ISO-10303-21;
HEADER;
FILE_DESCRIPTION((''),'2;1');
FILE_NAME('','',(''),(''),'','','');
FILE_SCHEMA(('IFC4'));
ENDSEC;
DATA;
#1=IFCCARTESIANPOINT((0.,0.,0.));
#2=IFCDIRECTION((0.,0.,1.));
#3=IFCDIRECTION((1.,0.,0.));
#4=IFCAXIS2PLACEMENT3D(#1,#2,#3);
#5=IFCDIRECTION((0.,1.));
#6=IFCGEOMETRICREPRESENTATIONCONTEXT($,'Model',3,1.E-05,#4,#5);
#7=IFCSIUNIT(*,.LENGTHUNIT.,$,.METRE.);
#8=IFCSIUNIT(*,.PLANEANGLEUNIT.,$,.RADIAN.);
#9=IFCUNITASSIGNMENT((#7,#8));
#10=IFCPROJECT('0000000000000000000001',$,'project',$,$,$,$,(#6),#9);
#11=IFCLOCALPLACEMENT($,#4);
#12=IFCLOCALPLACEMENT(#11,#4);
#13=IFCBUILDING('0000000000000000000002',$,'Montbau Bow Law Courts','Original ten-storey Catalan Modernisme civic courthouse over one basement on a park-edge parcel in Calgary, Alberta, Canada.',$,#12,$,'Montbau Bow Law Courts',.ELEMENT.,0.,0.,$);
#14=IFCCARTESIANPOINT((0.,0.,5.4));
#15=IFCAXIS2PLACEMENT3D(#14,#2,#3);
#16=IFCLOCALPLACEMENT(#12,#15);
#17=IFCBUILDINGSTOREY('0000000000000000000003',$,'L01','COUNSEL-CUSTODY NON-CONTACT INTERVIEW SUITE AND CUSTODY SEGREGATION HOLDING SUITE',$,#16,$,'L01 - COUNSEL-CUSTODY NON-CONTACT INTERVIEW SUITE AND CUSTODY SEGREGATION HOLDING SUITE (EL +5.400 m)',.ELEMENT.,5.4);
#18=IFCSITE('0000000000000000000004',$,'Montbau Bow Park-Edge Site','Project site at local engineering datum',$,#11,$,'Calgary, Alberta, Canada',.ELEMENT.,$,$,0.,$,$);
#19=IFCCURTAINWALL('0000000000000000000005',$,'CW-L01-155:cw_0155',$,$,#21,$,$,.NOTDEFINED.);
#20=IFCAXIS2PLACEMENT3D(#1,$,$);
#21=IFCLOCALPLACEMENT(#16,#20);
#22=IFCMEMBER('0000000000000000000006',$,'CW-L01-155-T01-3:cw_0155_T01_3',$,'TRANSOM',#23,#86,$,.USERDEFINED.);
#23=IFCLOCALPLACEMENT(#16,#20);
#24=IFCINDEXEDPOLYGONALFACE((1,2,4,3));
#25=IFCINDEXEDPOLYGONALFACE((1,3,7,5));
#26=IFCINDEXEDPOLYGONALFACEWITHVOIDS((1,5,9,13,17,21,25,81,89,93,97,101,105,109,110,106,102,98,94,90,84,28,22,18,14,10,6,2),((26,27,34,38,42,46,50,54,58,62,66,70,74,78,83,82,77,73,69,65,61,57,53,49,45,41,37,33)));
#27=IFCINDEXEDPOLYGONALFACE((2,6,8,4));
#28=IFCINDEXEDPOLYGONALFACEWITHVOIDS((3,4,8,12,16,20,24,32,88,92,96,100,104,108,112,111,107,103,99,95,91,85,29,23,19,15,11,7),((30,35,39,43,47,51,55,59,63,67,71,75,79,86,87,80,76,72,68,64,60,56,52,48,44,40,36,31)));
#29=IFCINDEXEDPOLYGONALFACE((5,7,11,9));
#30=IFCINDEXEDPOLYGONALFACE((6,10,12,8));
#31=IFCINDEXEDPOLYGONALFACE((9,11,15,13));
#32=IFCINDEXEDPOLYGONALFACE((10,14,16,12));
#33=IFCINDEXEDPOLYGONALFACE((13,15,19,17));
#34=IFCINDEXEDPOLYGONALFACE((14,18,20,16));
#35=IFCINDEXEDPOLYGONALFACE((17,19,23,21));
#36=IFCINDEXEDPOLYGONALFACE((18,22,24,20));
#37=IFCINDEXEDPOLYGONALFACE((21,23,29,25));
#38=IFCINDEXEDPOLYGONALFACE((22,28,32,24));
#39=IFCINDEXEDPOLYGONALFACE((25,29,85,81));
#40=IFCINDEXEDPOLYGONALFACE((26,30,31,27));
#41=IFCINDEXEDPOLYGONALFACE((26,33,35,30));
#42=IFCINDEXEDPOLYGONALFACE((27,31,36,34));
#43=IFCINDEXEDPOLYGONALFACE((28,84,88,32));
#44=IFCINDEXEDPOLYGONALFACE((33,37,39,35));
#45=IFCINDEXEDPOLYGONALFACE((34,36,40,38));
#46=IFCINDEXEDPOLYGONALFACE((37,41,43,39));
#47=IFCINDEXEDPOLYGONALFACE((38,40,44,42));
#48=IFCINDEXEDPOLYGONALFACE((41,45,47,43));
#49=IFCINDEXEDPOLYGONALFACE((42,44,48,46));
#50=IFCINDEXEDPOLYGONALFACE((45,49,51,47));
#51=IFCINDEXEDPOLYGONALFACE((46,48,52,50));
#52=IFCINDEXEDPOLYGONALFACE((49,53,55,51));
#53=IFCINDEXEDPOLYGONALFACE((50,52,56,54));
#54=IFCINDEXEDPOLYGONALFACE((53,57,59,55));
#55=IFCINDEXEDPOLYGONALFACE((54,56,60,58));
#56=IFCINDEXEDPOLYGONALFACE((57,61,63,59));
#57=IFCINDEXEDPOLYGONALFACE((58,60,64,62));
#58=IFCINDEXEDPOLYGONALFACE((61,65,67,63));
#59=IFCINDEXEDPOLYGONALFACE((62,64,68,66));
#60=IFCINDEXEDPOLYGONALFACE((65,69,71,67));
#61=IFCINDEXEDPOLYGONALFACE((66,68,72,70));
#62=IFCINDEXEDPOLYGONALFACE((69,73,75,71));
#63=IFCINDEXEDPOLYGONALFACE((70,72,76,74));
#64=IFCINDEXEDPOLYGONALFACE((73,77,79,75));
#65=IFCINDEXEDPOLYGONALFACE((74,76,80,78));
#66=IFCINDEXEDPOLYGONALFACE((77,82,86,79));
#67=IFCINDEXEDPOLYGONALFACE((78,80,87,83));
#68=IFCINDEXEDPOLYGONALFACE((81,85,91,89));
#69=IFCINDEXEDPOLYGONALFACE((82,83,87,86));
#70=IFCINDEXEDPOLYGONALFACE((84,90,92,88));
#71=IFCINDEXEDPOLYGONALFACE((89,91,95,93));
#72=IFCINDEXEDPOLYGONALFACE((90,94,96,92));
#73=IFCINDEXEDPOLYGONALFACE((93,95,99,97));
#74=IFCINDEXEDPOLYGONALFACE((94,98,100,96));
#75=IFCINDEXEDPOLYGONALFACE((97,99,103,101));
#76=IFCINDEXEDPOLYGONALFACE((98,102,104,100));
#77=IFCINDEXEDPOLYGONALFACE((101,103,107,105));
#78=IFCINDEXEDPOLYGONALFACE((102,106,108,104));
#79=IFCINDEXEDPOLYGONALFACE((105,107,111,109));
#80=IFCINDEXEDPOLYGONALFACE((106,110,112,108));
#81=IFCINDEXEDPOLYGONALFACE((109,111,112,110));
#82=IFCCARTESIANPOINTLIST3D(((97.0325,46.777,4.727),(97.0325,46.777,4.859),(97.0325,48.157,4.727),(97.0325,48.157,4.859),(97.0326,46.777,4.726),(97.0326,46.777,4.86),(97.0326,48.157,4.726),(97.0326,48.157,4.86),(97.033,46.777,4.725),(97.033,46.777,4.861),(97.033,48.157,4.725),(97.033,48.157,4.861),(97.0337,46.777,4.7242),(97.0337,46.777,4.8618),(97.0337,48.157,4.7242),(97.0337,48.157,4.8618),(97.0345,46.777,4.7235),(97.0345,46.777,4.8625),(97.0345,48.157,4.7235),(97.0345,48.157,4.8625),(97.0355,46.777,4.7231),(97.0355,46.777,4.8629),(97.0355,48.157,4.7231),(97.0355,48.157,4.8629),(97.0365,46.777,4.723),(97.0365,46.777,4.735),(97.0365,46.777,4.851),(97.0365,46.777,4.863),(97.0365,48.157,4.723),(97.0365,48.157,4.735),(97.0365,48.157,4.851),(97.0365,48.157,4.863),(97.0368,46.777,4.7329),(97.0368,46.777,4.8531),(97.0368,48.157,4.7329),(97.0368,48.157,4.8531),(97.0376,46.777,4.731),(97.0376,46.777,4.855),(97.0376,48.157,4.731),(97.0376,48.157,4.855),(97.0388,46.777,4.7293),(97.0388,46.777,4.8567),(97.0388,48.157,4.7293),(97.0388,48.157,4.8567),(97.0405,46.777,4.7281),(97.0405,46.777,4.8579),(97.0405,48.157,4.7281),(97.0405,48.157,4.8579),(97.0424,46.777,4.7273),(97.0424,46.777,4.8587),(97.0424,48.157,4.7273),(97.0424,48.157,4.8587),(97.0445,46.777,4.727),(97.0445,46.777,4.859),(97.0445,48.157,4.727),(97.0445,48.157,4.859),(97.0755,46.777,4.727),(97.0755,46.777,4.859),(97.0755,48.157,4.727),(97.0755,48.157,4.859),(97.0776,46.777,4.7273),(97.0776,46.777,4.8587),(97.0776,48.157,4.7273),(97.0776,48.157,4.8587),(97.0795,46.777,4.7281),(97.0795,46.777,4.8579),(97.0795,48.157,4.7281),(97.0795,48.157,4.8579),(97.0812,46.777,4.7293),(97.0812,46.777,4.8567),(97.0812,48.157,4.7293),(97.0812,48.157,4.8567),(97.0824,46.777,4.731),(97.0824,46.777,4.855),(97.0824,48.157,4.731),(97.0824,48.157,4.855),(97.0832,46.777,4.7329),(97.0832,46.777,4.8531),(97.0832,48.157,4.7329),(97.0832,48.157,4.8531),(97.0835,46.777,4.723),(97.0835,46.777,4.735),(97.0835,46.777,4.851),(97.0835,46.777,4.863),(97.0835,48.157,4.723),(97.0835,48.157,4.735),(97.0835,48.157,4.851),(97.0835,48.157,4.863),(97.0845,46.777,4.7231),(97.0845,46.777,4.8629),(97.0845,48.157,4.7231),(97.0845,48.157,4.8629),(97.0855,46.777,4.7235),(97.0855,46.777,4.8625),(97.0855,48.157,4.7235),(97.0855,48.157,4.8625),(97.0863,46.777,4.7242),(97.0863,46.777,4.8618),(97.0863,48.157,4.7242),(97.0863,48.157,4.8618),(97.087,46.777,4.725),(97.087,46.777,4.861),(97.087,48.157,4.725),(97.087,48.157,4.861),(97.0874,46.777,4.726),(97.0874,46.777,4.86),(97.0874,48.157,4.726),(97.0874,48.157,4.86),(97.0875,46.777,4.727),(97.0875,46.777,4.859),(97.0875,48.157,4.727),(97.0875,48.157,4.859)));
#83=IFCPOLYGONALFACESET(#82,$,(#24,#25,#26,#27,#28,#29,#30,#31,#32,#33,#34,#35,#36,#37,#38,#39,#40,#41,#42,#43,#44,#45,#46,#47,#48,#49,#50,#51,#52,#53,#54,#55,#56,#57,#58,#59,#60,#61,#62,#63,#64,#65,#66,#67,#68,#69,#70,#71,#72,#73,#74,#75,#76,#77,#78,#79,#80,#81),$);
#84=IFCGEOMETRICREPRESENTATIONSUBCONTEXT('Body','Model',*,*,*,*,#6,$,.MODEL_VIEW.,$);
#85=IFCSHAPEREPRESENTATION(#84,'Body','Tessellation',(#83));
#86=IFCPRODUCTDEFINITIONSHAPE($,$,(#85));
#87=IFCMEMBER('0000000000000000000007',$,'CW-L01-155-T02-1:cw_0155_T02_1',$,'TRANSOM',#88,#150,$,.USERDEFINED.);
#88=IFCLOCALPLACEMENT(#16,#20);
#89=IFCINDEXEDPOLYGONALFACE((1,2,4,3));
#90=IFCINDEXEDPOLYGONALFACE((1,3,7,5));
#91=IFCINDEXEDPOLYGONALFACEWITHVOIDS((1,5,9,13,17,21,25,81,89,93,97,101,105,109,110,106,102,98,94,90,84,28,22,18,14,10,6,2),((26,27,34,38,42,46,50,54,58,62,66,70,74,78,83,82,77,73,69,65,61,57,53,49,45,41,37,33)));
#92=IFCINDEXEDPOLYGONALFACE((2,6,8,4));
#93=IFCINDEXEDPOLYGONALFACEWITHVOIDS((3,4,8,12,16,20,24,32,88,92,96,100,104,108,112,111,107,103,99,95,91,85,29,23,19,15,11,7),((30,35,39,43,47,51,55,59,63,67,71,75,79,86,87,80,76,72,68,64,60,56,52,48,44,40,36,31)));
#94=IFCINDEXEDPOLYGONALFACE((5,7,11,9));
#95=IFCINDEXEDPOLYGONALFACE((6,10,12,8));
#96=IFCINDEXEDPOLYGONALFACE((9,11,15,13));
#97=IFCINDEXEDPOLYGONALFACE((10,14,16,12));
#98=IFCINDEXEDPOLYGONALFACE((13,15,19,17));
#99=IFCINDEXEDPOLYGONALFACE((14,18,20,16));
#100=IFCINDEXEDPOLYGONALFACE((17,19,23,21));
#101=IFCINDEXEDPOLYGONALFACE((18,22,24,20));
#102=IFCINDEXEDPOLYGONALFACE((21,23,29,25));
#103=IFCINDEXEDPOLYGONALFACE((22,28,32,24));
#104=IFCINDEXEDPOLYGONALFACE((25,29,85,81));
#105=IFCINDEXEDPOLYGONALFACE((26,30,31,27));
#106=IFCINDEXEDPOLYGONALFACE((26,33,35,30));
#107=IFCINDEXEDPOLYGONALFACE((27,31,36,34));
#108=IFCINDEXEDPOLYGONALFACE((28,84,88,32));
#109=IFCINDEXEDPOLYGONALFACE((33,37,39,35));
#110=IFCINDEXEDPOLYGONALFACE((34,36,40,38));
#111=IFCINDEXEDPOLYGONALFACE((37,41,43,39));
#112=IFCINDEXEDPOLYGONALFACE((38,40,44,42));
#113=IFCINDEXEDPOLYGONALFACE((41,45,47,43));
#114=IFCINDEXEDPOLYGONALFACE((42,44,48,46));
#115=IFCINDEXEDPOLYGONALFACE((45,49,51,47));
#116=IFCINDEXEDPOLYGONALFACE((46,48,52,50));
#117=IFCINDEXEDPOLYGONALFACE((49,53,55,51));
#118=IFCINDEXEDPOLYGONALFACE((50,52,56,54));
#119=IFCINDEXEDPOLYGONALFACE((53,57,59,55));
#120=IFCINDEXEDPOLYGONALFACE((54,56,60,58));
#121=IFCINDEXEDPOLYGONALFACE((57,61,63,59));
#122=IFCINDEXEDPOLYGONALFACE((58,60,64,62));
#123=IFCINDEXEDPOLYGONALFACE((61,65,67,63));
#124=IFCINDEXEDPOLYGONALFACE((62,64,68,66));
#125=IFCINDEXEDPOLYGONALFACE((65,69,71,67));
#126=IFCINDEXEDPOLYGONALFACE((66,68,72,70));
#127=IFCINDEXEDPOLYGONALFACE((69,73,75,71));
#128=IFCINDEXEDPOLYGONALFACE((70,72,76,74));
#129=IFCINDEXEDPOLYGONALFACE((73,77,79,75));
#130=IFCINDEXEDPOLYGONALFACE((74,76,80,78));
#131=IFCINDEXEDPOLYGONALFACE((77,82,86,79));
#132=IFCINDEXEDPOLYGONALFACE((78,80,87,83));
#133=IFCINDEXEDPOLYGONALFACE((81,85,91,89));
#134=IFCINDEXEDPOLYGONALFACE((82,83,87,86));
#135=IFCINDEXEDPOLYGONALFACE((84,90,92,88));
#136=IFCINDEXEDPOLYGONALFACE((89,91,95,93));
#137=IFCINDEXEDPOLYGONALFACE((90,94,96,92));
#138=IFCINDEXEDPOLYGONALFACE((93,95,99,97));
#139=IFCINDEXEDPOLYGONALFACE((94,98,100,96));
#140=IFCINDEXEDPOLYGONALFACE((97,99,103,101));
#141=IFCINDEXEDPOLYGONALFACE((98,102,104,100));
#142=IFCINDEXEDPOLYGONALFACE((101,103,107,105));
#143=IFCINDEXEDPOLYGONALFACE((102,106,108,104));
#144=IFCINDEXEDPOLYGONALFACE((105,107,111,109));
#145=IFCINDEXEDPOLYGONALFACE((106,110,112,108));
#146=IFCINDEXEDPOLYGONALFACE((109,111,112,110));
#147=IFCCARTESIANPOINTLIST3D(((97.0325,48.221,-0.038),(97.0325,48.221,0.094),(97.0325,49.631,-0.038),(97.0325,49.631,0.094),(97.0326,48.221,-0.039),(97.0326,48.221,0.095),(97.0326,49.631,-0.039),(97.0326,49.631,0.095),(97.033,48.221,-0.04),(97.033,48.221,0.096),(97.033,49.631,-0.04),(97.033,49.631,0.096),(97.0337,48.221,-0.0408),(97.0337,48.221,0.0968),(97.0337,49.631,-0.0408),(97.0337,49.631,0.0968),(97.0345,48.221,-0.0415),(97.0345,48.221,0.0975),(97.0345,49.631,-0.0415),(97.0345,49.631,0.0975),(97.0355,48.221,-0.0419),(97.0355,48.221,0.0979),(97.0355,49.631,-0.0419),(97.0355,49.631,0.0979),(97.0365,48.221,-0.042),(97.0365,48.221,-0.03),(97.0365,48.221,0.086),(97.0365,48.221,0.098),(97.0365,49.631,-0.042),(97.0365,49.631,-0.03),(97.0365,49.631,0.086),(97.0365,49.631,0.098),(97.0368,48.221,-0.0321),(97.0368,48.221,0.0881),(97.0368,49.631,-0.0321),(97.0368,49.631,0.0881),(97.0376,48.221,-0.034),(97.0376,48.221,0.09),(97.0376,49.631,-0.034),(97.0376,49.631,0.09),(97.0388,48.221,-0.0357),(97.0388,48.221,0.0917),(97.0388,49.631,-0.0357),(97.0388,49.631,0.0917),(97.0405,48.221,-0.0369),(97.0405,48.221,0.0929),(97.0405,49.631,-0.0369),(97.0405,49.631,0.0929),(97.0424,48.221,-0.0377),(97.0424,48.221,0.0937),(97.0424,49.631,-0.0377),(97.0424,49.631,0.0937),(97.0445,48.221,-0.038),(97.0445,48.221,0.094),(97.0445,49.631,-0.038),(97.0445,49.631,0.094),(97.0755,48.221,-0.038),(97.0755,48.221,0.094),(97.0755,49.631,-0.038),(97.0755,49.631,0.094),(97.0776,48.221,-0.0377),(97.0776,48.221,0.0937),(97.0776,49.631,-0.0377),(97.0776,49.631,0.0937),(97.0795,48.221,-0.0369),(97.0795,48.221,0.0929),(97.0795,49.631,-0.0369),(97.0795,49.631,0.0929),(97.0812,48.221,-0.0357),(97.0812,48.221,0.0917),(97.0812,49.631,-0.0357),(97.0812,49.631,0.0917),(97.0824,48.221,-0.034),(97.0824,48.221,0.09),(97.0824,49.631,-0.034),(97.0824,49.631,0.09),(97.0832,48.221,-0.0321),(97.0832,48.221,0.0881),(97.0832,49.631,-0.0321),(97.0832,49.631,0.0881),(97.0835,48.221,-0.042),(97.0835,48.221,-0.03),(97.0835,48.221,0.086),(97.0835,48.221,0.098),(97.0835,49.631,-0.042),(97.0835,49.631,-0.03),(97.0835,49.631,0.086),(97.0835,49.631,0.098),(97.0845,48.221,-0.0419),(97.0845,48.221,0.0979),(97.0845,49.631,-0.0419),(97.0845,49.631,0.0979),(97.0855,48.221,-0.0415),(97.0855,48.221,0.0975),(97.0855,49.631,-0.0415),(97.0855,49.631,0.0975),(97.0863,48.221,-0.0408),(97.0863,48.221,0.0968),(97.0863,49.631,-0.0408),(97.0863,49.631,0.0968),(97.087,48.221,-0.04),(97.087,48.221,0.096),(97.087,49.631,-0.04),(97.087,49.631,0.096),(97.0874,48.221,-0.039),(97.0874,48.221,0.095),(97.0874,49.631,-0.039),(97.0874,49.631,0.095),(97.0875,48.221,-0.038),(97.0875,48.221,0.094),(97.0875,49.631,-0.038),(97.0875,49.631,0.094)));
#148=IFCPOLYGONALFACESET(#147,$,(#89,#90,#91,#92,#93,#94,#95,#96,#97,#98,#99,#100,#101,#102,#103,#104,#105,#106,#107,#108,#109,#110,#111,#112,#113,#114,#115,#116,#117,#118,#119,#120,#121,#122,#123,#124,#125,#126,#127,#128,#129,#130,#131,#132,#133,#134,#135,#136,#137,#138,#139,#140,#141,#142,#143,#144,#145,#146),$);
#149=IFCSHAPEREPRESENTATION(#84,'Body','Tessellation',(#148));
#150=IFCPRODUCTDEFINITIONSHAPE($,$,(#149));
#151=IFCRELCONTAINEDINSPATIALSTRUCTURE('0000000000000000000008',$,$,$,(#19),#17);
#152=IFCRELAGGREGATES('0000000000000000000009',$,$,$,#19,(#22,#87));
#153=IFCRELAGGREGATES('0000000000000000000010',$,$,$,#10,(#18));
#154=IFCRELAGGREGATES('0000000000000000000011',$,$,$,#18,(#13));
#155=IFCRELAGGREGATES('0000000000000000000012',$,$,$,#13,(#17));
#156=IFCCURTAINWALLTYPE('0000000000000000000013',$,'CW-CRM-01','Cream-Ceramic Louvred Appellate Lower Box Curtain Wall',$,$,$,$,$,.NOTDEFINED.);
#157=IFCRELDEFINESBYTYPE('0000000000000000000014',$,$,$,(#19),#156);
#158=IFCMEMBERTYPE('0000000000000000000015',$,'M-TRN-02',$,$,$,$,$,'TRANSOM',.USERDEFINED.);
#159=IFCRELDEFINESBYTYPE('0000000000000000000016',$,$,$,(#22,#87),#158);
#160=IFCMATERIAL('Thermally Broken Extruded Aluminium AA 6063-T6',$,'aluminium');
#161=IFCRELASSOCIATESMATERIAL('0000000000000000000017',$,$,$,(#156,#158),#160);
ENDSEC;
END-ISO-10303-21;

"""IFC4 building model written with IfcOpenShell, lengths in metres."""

from ifc_helpers import new_model, si_unit, direction, frame, origin_with_axes, origin_2d_with_axis, place, context, subcontext, project, spatial, hollow_rectangle, extrude, material, material_profile, profile_set, type_object, element, aggregate, save


model = new_model("IFC4")

# Units and contexts
model_context = context("Model", 3, precision=1e-05, world=origin_with_axes(), true_north=direction((0.0, 1.0)))
body_context = subcontext(model_context, "Body", "Model", "MODEL_VIEW")
ifc_project = project(units=[si_unit("LENGTHUNIT", "METRE"), si_unit("PLANEANGLEUNIT", "RADIAN")], contexts=[model_context])

# Site, building, storey
site_placement = place(None, origin_with_axes())
site = spatial("IfcSite", under=ifc_project, at=site_placement, Name="Montbau Bow Park-Edge Site", Description="Project site at local engineering datum", LongName="Calgary, Alberta, Canada", CompositionType="ELEMENT", RefElevation=0.0)
building_placement = place(site_placement, origin_with_axes())
building = spatial("IfcBuilding", under=site, at=building_placement, Name="Montbau Bow Law Courts", Description="Original ten-storey Catalan Modernisme civic courthouse over one basement on a park-edge parcel in Calgary, Alberta, Canada.", LongName="Montbau Bow Law Courts", CompositionType="ELEMENT", ElevationOfRefHeight=0.0, ElevationOfTerrain=0.0)
storey_placement = place(building_placement, frame((0.0, 0.0, 5.4), z_axis=(0.0, 0.0, 1.0), x_axis=(1.0, 0.0, 0.0)))
storey = spatial("IfcBuildingStorey", under=building, at=storey_placement, Name="L01", Description="COUNSEL-CUSTODY NON-CONTACT INTERVIEW SUITE AND CUSTODY SEGREGATION HOLDING SUITE", LongName="L01 - COUNSEL-CUSTODY NON-CONTACT INTERVIEW SUITE AND CUSTODY SEGREGATION HOLDING SUITE (EL +5.400 m)", CompositionType="ELEMENT", Elevation=5.4)

# Curtain wall
ifc_material_1 = material(Name="Thermally Broken Extruded Aluminium AA 6063-T6", Category="aluminium")
curtain_wall_type = type_object("IfcCurtainWallType", Name="CW-CRM-01", Description="Cream-Ceramic Louvred Appellate Lower Box Curtain Wall", PredefinedType="NOTDEFINED", material=ifc_material_1)
curtain_wall_1_placement = place(None, frame((97.06, 46.715, 5.4), z_axis=(0.0, 0.0, 1.0), x_axis=(1.0, 0.0, 0.0)))
curtain_wall_1 = element("IfcCurtainWall", 1, at=curtain_wall_1_placement, inside=storey, type_object=curtain_wall_type, Name="CW-L01-155:cw_0155", PredefinedType="NOTDEFINED")

# Members
ifc_material_profile_1 = material_profile(ifc_material_1, hollow_rectangle(XDim=0.055, YDim=0.14, WallThickness=0.004, InnerFilletRadius=0.008, OuterFilletRadius=0.004, at=origin_2d_with_axis()), Name="CWT-140X55", Category="Main", Priority=0)
ifc_profile_set_1 = profile_set([ifc_material_profile_1], Name="Thermally Broken Extruded Aluminium AA 6063-T6")
member_type_1 = type_object("IfcMemberType", Name="M-TRN-02", ElementType="TRANSOM", PredefinedType="USERDEFINED", material=ifc_profile_set_1)
member_1_placement = place(None, frame((97.06, 46.777, 10.193), z_axis=(0.0, 1.0, 0.0), x_axis=(-1.0, 0.0, 0.0)))
member_1 = element("IfcMember", 2, at=member_1_placement, type_object=member_type_1, Name="CW-L01-155-T01-3:cw_0155_T01_3", ObjectType="TRANSOM", PredefinedType="USERDEFINED", context=body_context, shape_type="SweptSolid", body=[
    extrude(hollow_rectangle(XDim=0.055, YDim=0.14, WallThickness=0.004, InnerFilletRadius=0.008, OuterFilletRadius=0.004, at=origin_2d_with_axis()), origin_with_axes(), (0.0, 0.0, 1.0), 1.38),
])
member_2_placement = place(None, frame((97.06, 48.221, 5.428), z_axis=(0.0, 1.0, 0.0), x_axis=(-1.0, 0.0, 0.0)))
member_2 = element("IfcMember", 3, at=member_2_placement, type_object=member_type_1, Name="CW-L01-155-T02-1:cw_0155_T02_1", ObjectType="TRANSOM", PredefinedType="USERDEFINED", context=body_context, shape_type="SweptSolid", body=[
    extrude(hollow_rectangle(XDim=0.055, YDim=0.14, WallThickness=0.004, InnerFilletRadius=0.008, OuterFilletRadius=0.004, at=origin_2d_with_axis()), origin_with_axes(), (0.0, 0.0, 1.0), 1.41),
])

aggregate(curtain_wall_1, [member_1, member_2])

save(model, "model.ifc")
